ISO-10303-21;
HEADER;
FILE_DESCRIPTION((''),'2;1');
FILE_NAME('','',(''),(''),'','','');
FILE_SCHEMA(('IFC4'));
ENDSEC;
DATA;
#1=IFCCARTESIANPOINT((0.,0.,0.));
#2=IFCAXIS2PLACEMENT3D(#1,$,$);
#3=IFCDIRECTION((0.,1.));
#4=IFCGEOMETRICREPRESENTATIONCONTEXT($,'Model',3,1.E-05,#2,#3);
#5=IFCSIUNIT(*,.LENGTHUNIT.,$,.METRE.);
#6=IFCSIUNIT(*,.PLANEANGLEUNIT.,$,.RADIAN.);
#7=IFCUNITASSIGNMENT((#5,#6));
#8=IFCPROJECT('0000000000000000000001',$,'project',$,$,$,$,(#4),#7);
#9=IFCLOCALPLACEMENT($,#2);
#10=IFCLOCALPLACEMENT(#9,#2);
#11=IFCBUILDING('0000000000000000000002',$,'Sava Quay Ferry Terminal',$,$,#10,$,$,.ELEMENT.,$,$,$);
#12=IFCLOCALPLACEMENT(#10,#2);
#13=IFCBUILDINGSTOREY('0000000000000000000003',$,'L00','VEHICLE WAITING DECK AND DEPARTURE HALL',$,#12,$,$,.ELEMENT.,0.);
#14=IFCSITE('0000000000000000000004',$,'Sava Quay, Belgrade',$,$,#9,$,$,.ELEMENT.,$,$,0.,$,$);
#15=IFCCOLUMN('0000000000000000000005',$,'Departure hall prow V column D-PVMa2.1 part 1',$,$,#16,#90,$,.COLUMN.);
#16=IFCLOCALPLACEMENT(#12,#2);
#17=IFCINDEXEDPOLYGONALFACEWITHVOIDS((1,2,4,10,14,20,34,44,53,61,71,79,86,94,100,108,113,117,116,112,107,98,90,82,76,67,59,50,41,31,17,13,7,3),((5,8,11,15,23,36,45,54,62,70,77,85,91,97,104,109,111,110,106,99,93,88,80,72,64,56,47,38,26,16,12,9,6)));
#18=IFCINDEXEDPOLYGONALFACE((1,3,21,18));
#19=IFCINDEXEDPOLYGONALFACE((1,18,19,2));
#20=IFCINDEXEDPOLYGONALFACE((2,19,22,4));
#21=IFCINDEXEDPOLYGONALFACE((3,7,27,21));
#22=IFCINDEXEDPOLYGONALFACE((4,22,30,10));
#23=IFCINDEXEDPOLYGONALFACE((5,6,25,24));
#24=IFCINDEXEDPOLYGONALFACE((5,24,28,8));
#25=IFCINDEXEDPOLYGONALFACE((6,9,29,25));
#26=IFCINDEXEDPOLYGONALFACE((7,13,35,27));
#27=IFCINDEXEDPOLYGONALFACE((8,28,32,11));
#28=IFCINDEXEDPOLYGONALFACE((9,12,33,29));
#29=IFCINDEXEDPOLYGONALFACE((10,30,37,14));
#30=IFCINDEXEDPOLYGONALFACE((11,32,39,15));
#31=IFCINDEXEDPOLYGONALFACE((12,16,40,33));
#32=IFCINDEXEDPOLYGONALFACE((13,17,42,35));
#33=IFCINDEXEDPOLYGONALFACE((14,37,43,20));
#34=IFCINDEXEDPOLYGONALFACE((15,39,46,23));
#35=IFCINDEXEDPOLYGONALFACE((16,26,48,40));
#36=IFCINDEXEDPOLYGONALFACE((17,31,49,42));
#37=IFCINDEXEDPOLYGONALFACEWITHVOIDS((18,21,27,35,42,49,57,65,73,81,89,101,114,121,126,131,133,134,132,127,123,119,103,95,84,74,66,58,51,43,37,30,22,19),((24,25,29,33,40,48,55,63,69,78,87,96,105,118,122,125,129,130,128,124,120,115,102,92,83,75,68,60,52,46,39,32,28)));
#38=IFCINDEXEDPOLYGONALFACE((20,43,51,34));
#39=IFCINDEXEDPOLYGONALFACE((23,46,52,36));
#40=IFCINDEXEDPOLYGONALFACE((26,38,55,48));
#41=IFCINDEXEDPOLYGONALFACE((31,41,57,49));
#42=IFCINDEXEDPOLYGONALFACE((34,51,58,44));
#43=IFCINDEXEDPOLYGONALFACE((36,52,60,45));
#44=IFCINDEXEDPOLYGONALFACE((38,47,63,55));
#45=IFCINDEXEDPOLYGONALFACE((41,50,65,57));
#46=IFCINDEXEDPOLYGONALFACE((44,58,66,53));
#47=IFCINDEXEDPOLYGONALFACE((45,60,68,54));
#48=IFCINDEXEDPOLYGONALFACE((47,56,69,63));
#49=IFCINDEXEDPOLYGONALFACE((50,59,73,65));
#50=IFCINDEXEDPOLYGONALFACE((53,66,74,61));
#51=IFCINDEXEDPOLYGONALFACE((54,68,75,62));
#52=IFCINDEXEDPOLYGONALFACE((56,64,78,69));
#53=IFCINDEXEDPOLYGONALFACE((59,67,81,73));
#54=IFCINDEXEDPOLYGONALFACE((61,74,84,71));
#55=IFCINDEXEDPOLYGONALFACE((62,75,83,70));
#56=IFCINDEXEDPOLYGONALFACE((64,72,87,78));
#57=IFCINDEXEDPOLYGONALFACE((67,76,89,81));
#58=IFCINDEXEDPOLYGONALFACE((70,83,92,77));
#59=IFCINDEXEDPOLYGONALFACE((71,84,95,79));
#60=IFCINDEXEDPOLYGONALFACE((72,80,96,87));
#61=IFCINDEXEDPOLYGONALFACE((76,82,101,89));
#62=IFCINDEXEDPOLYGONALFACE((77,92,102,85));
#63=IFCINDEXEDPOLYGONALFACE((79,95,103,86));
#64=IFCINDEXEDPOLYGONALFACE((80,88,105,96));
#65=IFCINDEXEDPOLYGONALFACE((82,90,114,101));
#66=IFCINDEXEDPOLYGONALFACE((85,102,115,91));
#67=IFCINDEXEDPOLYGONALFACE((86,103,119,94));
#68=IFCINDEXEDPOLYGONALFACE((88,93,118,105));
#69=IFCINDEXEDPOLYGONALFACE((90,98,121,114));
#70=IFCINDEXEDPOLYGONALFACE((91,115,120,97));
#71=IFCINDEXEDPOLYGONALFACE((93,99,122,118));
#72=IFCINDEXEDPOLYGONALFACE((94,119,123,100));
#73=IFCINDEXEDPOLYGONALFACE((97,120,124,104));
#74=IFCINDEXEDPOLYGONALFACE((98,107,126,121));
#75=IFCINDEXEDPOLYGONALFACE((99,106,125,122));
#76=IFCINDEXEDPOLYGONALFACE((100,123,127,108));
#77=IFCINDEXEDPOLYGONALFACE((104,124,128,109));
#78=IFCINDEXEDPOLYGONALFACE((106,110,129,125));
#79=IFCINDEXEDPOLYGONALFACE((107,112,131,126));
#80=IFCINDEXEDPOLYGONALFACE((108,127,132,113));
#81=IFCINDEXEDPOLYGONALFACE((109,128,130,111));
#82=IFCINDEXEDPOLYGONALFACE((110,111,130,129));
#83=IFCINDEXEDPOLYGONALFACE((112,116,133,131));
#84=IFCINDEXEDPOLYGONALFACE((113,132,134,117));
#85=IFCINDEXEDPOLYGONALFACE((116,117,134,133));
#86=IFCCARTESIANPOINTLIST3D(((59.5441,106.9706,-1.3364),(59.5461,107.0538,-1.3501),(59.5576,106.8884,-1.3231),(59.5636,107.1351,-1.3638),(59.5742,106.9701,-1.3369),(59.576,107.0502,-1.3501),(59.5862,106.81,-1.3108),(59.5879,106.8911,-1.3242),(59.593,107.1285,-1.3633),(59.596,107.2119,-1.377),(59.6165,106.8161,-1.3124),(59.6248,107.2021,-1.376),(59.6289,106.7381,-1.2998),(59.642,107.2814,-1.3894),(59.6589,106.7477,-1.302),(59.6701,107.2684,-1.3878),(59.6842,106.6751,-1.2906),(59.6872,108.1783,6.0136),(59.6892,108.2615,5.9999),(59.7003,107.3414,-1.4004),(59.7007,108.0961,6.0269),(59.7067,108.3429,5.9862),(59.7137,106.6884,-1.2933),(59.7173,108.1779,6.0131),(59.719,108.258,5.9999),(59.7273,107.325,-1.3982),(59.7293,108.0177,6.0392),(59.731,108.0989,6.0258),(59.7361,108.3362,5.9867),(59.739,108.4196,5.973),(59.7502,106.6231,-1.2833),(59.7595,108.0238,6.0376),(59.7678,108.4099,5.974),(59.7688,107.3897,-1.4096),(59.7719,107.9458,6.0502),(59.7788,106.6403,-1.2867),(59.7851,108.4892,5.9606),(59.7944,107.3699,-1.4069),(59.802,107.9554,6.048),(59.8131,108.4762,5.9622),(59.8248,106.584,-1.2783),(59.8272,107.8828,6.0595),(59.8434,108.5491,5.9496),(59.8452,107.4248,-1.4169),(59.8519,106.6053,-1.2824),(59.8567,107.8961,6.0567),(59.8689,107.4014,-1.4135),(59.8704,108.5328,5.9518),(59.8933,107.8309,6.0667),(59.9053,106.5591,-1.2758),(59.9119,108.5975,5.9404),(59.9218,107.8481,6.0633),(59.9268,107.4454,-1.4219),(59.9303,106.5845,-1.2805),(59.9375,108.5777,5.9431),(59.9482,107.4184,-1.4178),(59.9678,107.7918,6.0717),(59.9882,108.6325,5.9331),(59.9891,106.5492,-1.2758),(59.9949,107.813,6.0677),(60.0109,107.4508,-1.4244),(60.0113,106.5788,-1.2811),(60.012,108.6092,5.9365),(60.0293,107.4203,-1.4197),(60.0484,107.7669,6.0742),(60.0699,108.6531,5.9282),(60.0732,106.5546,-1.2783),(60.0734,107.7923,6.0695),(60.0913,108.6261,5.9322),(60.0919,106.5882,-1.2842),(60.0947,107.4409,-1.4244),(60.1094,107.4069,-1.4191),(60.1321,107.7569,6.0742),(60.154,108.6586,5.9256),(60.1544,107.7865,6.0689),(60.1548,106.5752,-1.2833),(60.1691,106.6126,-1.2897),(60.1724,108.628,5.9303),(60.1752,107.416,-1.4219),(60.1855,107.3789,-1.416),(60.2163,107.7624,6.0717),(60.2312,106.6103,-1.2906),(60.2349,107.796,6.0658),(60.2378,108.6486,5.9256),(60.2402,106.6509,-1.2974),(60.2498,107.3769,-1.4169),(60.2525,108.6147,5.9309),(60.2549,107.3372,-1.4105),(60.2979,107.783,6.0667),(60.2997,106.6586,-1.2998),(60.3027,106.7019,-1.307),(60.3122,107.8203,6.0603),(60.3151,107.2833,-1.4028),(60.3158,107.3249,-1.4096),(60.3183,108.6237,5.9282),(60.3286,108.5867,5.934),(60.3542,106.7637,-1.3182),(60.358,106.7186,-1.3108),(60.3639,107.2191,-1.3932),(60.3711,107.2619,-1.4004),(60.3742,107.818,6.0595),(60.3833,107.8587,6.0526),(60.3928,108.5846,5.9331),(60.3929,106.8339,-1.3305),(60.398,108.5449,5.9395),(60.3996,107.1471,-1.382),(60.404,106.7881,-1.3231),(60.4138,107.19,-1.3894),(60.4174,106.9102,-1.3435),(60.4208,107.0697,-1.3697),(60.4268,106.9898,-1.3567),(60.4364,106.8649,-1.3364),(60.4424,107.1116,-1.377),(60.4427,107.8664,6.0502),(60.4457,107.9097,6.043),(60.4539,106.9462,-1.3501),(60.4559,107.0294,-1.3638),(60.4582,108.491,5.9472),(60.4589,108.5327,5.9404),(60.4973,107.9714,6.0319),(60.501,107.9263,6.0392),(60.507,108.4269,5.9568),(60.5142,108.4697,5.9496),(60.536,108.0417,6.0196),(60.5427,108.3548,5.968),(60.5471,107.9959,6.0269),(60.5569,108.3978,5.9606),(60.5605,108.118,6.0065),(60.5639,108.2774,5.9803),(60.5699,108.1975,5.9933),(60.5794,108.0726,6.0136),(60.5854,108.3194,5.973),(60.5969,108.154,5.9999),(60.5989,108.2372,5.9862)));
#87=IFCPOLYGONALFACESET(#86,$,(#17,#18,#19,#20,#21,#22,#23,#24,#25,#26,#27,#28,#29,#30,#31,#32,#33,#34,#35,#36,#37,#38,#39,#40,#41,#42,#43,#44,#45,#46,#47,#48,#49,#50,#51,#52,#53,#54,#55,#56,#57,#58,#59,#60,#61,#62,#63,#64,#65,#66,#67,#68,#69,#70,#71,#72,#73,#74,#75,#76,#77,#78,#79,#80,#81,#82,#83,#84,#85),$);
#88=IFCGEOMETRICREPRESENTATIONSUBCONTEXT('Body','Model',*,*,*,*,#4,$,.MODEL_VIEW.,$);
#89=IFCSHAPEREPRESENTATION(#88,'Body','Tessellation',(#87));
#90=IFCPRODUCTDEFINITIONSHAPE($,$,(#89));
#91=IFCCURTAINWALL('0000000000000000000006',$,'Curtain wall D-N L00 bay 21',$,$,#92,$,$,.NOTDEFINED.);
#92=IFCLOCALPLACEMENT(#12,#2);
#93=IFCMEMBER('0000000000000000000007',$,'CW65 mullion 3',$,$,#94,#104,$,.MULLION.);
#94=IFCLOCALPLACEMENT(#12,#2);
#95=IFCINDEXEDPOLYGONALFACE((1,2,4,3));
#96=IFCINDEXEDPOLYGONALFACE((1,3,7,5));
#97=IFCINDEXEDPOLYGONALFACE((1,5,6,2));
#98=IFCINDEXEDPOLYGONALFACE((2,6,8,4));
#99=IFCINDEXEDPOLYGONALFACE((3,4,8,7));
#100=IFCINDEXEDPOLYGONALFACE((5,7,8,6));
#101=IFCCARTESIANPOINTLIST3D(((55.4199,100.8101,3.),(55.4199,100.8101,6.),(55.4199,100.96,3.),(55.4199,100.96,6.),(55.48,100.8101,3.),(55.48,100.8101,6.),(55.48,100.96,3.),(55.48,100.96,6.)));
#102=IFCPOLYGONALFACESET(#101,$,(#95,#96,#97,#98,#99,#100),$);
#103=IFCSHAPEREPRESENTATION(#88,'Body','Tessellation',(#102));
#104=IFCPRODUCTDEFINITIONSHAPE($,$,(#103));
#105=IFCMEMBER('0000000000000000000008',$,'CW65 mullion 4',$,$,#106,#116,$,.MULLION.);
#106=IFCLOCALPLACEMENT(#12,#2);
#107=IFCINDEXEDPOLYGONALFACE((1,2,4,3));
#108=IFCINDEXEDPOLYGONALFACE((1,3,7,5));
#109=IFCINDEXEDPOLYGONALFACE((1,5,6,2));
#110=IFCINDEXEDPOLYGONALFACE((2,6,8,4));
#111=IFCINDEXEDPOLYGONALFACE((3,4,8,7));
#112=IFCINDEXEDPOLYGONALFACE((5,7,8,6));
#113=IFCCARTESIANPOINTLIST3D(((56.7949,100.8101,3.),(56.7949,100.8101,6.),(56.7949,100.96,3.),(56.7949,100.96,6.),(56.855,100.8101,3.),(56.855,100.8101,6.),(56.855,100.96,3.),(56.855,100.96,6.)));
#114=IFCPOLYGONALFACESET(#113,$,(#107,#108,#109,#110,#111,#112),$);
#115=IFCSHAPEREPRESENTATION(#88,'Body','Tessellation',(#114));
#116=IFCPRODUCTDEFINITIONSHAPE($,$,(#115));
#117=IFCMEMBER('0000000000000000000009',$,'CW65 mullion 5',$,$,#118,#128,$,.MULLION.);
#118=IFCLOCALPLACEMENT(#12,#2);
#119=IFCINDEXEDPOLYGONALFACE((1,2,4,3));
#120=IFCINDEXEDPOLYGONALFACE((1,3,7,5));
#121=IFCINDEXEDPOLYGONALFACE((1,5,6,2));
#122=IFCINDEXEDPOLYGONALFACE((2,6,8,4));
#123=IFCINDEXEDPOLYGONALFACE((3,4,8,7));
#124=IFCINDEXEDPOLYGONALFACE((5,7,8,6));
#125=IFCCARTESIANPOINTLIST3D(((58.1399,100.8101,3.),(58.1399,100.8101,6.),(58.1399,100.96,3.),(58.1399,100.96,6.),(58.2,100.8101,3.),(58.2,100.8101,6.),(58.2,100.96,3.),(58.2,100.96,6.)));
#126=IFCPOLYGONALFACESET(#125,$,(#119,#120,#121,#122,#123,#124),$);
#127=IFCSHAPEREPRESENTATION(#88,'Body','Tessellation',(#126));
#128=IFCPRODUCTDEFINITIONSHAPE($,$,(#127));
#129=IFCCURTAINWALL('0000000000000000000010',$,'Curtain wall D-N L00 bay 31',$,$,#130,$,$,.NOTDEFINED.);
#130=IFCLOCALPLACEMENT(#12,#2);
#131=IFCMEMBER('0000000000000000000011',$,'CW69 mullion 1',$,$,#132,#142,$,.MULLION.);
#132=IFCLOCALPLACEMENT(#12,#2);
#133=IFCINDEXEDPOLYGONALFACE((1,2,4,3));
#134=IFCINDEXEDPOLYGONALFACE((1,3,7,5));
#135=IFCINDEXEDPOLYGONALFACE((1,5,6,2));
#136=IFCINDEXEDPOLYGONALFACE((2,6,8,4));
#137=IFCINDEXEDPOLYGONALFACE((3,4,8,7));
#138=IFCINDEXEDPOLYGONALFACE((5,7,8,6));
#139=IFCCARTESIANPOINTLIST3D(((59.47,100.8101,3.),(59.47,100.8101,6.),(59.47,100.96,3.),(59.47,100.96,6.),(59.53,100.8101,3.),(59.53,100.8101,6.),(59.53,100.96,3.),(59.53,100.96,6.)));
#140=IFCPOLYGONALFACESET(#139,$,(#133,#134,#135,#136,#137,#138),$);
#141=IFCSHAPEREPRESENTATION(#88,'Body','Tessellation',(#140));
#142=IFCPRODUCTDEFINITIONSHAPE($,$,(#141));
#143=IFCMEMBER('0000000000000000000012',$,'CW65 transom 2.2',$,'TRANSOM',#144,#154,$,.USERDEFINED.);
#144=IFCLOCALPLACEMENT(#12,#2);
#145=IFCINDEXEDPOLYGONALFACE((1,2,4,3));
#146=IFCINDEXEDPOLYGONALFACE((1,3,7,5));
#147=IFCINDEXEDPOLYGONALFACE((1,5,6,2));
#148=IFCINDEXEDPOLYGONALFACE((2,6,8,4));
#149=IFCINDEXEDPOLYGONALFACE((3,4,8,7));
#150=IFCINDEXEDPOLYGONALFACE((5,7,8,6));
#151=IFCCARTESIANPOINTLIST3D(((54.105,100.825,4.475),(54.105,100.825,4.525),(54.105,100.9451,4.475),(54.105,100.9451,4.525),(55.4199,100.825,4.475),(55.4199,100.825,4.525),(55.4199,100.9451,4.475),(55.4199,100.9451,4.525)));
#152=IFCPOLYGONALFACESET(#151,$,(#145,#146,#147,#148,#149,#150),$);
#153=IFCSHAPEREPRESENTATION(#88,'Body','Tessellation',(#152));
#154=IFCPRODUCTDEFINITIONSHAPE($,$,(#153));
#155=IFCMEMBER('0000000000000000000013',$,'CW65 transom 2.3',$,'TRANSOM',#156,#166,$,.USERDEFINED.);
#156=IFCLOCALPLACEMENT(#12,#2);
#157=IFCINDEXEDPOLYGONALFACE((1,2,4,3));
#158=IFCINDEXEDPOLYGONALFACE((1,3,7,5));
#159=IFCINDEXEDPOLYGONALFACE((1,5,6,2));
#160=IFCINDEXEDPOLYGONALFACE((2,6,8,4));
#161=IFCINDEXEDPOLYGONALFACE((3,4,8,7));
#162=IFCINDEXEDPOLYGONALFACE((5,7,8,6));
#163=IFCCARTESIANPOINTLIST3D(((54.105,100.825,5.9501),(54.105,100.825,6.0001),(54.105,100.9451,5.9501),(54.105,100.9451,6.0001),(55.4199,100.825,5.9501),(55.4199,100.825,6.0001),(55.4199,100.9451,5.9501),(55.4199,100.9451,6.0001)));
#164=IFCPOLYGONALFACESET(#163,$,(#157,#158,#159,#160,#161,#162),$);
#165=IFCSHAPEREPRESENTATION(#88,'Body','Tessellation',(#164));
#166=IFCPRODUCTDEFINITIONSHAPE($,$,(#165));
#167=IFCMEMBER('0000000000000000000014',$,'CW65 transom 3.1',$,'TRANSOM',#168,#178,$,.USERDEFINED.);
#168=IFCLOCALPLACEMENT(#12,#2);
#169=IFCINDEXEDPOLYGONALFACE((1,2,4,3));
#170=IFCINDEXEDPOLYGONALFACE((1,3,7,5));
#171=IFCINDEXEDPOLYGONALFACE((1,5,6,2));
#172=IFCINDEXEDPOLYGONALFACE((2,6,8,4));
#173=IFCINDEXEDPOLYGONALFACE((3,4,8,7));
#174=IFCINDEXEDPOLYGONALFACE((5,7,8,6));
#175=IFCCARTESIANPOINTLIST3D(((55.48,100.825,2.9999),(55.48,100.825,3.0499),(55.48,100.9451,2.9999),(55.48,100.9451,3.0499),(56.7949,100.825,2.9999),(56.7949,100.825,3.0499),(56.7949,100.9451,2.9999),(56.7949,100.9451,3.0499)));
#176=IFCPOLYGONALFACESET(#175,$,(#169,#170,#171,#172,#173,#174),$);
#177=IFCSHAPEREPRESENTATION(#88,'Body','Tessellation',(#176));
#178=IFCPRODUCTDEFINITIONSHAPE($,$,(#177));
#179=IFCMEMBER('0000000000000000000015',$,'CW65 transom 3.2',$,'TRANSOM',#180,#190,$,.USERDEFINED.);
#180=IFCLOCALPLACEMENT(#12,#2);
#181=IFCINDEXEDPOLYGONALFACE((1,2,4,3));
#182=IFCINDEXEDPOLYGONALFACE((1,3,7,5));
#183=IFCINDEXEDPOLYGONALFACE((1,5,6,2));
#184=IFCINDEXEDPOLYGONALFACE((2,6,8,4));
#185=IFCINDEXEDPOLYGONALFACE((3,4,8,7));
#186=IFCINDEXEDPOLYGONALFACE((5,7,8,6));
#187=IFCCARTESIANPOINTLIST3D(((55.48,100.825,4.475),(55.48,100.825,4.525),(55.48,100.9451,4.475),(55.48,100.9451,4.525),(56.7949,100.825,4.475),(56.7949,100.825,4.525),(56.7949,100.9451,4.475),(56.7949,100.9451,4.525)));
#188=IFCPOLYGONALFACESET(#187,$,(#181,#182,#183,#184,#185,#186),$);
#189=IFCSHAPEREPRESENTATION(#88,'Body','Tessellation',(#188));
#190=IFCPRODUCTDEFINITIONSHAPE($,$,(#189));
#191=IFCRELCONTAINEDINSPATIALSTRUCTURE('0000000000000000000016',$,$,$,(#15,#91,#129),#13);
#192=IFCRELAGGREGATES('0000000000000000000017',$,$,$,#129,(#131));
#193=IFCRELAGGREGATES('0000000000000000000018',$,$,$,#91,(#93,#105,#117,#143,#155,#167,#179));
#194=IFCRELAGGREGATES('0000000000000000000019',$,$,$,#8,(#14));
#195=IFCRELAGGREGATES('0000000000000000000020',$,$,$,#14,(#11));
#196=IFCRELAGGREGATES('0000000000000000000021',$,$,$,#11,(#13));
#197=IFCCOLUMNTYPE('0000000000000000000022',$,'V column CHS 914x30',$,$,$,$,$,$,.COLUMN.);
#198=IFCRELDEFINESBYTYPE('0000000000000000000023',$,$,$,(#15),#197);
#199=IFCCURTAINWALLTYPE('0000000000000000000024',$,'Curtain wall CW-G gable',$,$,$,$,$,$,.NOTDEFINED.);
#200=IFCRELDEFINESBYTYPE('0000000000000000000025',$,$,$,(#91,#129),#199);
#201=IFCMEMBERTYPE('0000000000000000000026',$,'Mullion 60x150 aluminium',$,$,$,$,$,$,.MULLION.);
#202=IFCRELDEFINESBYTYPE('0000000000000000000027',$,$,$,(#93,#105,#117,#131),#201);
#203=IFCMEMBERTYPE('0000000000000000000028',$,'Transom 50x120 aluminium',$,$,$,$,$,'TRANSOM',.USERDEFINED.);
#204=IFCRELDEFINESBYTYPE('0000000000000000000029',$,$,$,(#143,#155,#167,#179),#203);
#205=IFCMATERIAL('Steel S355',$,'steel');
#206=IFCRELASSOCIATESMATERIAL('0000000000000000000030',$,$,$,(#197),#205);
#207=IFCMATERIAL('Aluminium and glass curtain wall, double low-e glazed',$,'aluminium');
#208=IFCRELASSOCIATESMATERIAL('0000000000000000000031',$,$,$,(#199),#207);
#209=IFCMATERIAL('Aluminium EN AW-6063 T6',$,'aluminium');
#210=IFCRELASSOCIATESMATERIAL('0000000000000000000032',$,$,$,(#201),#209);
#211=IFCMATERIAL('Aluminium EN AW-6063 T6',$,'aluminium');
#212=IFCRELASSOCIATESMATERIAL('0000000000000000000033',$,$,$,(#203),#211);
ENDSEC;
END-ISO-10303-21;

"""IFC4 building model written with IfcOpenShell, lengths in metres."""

from ifc_helpers import new_model, si_unit, direction, frame, origin, origin_2d, place, context, subcontext, project, spatial, rectangle, hollow_circle, extrude, material, material_profile, profile_set, type_object, element, aggregate, save


model = new_model("IFC4")

# Units and contexts
model_context = context("Model", 3, precision=1e-05, world=origin(), true_north=direction((0.0, 1.0)))
body_context = subcontext(model_context, "Body", "Model", "MODEL_VIEW")
ifc_project = project(units=[si_unit("LENGTHUNIT", "METRE"), si_unit("PLANEANGLEUNIT", "RADIAN")], contexts=[model_context])

# Site, building, storey
site_placement = place(None, origin())
site = spatial("IfcSite", under=ifc_project, at=site_placement, Name="Sava Quay, Belgrade", CompositionType="ELEMENT", RefElevation=0.0)
building_placement = place(site_placement, origin())
building = spatial("IfcBuilding", under=site, at=building_placement, Name="Sava Quay Ferry Terminal", CompositionType="ELEMENT")
storey_placement = place(building_placement, origin())
storey = spatial("IfcBuildingStorey", under=building, at=storey_placement, Name="L00", Description="VEHICLE WAITING DECK AND DEPARTURE HALL", CompositionType="ELEMENT", Elevation=0.0)

# Column
ifc_material_1 = material(Name="Steel S355", Category="steel")
ifc_material_profile_1 = material_profile(ifc_material_1, hollow_circle(Radius=0.457, WallThickness=0.03, at=origin_2d()), Name="CHS 914 x 30.0")
ifc_profile_set_1 = profile_set([ifc_material_profile_1], Name="Steel S355")
column_type_1 = type_object("IfcColumnType", Name="V column CHS 914x30", PredefinedType="COLUMN", material=ifc_profile_set_1)
column_1_placement = place(storey_placement, frame((60.0, 107.0, -1.3501), z_axis=(0.019203, 0.162115, 0.986585), x_axis=(-0.993057, 0.117633, 0.0)))
element("IfcColumn", 1, at=column_1_placement, inside=storey, type_object=column_type_1, Name="Departure hall prow V column D-PVMa2.1 part 1", PredefinedType="COLUMN", context=body_context, shape_type="SweptSolid", body=[
    extrude(hollow_circle(Radius=0.457, WallThickness=0.03, at=origin_2d()), origin(), (0.0, 0.0, 1.0), 7.45),
])

# Curtain wall, members
ifc_material_2 = material(Name="Aluminium and glass curtain wall, double low-e glazed", Category="aluminium")
curtain_wall_type = type_object("IfcCurtainWallType", Name="Curtain wall CW-G gable", PredefinedType="NOTDEFINED", material=ifc_material_2)
curtain_wall_1_placement = place(storey_placement, origin())
curtain_wall_1 = element("IfcCurtainWall", 2, at=curtain_wall_1_placement, inside=storey, type_object=curtain_wall_type, Name="Curtain wall D-N L00 bay 21", PredefinedType="NOTDEFINED")
ifc_material_3 = material(Name="Aluminium EN AW-6063 T6", Category="aluminium")
ifc_material_profile_2 = material_profile(ifc_material_3, rectangle(XDim=0.1499, YDim=0.0601, at=origin_2d()), Name="Mullion 60x150 aluminium")
ifc_profile_set_2 = profile_set([ifc_material_profile_2], Name="Aluminium EN AW-6063 T6")
member_type_1 = type_object("IfcMemberType", Name="Mullion 60x150 aluminium", PredefinedType="MULLION", material=ifc_profile_set_2)
member_1_placement = place(storey_placement, frame((55.45, 100.885, 3.0), z_axis=(0.0, 0.0, 1.0), x_axis=(0.0, 1.0, 0.0)))
member_1 = element("IfcMember", 3, at=member_1_placement, type_object=member_type_1, Name="CW65 mullion 3", PredefinedType="MULLION", context=body_context, shape_type="SweptSolid", body=[
    extrude(rectangle(XDim=0.1499, YDim=0.0601, at=origin_2d()), origin(), (0.0, 0.0, 1.0), 3.0),
])
member_2_placement = place(storey_placement, frame((56.825, 100.885, 3.0), z_axis=(0.0, 0.0, 1.0), x_axis=(0.0, 1.0, 0.0)))
member_2 = element("IfcMember", 4, at=member_2_placement, type_object=member_type_1, Name="CW65 mullion 4", PredefinedType="MULLION", context=body_context, shape_type="SweptSolid", body=[
    extrude(rectangle(XDim=0.1499, YDim=0.0601, at=origin_2d()), origin(), (0.0, 0.0, 1.0), 3.0),
])
member_3_placement = place(storey_placement, frame((58.1699, 100.885, 3.0), z_axis=(0.0, 0.0, 1.0), x_axis=(0.0, 1.0, 0.0)))
member_3 = element("IfcMember", 5, at=member_3_placement, type_object=member_type_1, Name="CW65 mullion 5", PredefinedType="MULLION", context=body_context, shape_type="SweptSolid", body=[
    extrude(rectangle(XDim=0.1499, YDim=0.0601, at=origin_2d()), origin(), (0.0, 0.0, 1.0), 3.0),
])

# Curtain wall, member
curtain_wall_2_placement = place(storey_placement, origin())
curtain_wall_2 = element("IfcCurtainWall", 6, at=curtain_wall_2_placement, inside=storey, type_object=curtain_wall_type, Name="Curtain wall D-N L00 bay 31", PredefinedType="NOTDEFINED")
member_4_placement = place(storey_placement, frame((59.5, 100.885, 3.0), z_axis=(0.0, 0.0, 1.0), x_axis=(0.0, 1.0, 0.0)))
member_4 = element("IfcMember", 7, at=member_4_placement, type_object=member_type_1, Name="CW69 mullion 1", PredefinedType="MULLION", context=body_context, shape_type="SweptSolid", body=[
    extrude(rectangle(XDim=0.1499, YDim=0.0601, at=origin_2d()), origin(), (0.0, 0.0, 1.0), 3.0),
])

# Members
ifc_material_4 = material(Name="Aluminium EN AW-6063 T6", Category="aluminium")
ifc_material_profile_3 = material_profile(ifc_material_4, rectangle(XDim=0.1201, YDim=0.05, at=origin_2d()), Name="Transom 50x120 aluminium")
ifc_profile_set_3 = profile_set([ifc_material_profile_3], Name="Aluminium EN AW-6063 T6")
member_type_2 = type_object("IfcMemberType", Name="Transom 50x120 aluminium", ElementType="TRANSOM", PredefinedType="USERDEFINED", material=ifc_profile_set_3)
member_5_placement = place(storey_placement, frame((54.105, 100.885, 4.5), z_axis=(1.0, 0.0, 0.0), x_axis=(0.0, 1.0, 0.0)))
member_5 = element("IfcMember", 8, at=member_5_placement, type_object=member_type_2, Name="CW65 transom 2.2", ObjectType="TRANSOM", PredefinedType="USERDEFINED", context=body_context, shape_type="SweptSolid", body=[
    extrude(rectangle(XDim=0.1201, YDim=0.05, at=origin_2d()), origin(), (0.0, 0.0, 1.0), 1.3149),
])
member_6_placement = place(storey_placement, frame((54.105, 100.885, 5.9751), z_axis=(1.0, 0.0, 0.0), x_axis=(0.0, 1.0, 0.0)))
member_6 = element("IfcMember", 9, at=member_6_placement, type_object=member_type_2, Name="CW65 transom 2.3", ObjectType="TRANSOM", PredefinedType="USERDEFINED", context=body_context, shape_type="SweptSolid", body=[
    extrude(rectangle(XDim=0.1201, YDim=0.05, at=origin_2d()), origin(), (0.0, 0.0, 1.0), 1.3149),
])
member_7_placement = place(storey_placement, frame((55.48, 100.885, 3.0249), z_axis=(1.0, 0.0, 0.0), x_axis=(0.0, 1.0, 0.0)))
member_7 = element("IfcMember", 10, at=member_7_placement, type_object=member_type_2, Name="CW65 transom 3.1", ObjectType="TRANSOM", PredefinedType="USERDEFINED", context=body_context, shape_type="SweptSolid", body=[
    extrude(rectangle(XDim=0.1201, YDim=0.05, at=origin_2d()), origin(), (0.0, 0.0, 1.0), 1.3149),
])
member_8_placement = place(storey_placement, frame((55.48, 100.885, 4.5), z_axis=(1.0, 0.0, 0.0), x_axis=(0.0, 1.0, 0.0)))
member_8 = element("IfcMember", 11, at=member_8_placement, type_object=member_type_2, Name="CW65 transom 3.2", ObjectType="TRANSOM", PredefinedType="USERDEFINED", context=body_context, shape_type="SweptSolid", body=[
    extrude(rectangle(XDim=0.1201, YDim=0.05, at=origin_2d()), origin(), (0.0, 0.0, 1.0), 1.3149),
])
aggregate(curtain_wall_2, [member_4])

aggregate(curtain_wall_1, [member_1, member_2, member_3, member_5, member_6, member_7, member_8])

save(model, "model.ifc")
